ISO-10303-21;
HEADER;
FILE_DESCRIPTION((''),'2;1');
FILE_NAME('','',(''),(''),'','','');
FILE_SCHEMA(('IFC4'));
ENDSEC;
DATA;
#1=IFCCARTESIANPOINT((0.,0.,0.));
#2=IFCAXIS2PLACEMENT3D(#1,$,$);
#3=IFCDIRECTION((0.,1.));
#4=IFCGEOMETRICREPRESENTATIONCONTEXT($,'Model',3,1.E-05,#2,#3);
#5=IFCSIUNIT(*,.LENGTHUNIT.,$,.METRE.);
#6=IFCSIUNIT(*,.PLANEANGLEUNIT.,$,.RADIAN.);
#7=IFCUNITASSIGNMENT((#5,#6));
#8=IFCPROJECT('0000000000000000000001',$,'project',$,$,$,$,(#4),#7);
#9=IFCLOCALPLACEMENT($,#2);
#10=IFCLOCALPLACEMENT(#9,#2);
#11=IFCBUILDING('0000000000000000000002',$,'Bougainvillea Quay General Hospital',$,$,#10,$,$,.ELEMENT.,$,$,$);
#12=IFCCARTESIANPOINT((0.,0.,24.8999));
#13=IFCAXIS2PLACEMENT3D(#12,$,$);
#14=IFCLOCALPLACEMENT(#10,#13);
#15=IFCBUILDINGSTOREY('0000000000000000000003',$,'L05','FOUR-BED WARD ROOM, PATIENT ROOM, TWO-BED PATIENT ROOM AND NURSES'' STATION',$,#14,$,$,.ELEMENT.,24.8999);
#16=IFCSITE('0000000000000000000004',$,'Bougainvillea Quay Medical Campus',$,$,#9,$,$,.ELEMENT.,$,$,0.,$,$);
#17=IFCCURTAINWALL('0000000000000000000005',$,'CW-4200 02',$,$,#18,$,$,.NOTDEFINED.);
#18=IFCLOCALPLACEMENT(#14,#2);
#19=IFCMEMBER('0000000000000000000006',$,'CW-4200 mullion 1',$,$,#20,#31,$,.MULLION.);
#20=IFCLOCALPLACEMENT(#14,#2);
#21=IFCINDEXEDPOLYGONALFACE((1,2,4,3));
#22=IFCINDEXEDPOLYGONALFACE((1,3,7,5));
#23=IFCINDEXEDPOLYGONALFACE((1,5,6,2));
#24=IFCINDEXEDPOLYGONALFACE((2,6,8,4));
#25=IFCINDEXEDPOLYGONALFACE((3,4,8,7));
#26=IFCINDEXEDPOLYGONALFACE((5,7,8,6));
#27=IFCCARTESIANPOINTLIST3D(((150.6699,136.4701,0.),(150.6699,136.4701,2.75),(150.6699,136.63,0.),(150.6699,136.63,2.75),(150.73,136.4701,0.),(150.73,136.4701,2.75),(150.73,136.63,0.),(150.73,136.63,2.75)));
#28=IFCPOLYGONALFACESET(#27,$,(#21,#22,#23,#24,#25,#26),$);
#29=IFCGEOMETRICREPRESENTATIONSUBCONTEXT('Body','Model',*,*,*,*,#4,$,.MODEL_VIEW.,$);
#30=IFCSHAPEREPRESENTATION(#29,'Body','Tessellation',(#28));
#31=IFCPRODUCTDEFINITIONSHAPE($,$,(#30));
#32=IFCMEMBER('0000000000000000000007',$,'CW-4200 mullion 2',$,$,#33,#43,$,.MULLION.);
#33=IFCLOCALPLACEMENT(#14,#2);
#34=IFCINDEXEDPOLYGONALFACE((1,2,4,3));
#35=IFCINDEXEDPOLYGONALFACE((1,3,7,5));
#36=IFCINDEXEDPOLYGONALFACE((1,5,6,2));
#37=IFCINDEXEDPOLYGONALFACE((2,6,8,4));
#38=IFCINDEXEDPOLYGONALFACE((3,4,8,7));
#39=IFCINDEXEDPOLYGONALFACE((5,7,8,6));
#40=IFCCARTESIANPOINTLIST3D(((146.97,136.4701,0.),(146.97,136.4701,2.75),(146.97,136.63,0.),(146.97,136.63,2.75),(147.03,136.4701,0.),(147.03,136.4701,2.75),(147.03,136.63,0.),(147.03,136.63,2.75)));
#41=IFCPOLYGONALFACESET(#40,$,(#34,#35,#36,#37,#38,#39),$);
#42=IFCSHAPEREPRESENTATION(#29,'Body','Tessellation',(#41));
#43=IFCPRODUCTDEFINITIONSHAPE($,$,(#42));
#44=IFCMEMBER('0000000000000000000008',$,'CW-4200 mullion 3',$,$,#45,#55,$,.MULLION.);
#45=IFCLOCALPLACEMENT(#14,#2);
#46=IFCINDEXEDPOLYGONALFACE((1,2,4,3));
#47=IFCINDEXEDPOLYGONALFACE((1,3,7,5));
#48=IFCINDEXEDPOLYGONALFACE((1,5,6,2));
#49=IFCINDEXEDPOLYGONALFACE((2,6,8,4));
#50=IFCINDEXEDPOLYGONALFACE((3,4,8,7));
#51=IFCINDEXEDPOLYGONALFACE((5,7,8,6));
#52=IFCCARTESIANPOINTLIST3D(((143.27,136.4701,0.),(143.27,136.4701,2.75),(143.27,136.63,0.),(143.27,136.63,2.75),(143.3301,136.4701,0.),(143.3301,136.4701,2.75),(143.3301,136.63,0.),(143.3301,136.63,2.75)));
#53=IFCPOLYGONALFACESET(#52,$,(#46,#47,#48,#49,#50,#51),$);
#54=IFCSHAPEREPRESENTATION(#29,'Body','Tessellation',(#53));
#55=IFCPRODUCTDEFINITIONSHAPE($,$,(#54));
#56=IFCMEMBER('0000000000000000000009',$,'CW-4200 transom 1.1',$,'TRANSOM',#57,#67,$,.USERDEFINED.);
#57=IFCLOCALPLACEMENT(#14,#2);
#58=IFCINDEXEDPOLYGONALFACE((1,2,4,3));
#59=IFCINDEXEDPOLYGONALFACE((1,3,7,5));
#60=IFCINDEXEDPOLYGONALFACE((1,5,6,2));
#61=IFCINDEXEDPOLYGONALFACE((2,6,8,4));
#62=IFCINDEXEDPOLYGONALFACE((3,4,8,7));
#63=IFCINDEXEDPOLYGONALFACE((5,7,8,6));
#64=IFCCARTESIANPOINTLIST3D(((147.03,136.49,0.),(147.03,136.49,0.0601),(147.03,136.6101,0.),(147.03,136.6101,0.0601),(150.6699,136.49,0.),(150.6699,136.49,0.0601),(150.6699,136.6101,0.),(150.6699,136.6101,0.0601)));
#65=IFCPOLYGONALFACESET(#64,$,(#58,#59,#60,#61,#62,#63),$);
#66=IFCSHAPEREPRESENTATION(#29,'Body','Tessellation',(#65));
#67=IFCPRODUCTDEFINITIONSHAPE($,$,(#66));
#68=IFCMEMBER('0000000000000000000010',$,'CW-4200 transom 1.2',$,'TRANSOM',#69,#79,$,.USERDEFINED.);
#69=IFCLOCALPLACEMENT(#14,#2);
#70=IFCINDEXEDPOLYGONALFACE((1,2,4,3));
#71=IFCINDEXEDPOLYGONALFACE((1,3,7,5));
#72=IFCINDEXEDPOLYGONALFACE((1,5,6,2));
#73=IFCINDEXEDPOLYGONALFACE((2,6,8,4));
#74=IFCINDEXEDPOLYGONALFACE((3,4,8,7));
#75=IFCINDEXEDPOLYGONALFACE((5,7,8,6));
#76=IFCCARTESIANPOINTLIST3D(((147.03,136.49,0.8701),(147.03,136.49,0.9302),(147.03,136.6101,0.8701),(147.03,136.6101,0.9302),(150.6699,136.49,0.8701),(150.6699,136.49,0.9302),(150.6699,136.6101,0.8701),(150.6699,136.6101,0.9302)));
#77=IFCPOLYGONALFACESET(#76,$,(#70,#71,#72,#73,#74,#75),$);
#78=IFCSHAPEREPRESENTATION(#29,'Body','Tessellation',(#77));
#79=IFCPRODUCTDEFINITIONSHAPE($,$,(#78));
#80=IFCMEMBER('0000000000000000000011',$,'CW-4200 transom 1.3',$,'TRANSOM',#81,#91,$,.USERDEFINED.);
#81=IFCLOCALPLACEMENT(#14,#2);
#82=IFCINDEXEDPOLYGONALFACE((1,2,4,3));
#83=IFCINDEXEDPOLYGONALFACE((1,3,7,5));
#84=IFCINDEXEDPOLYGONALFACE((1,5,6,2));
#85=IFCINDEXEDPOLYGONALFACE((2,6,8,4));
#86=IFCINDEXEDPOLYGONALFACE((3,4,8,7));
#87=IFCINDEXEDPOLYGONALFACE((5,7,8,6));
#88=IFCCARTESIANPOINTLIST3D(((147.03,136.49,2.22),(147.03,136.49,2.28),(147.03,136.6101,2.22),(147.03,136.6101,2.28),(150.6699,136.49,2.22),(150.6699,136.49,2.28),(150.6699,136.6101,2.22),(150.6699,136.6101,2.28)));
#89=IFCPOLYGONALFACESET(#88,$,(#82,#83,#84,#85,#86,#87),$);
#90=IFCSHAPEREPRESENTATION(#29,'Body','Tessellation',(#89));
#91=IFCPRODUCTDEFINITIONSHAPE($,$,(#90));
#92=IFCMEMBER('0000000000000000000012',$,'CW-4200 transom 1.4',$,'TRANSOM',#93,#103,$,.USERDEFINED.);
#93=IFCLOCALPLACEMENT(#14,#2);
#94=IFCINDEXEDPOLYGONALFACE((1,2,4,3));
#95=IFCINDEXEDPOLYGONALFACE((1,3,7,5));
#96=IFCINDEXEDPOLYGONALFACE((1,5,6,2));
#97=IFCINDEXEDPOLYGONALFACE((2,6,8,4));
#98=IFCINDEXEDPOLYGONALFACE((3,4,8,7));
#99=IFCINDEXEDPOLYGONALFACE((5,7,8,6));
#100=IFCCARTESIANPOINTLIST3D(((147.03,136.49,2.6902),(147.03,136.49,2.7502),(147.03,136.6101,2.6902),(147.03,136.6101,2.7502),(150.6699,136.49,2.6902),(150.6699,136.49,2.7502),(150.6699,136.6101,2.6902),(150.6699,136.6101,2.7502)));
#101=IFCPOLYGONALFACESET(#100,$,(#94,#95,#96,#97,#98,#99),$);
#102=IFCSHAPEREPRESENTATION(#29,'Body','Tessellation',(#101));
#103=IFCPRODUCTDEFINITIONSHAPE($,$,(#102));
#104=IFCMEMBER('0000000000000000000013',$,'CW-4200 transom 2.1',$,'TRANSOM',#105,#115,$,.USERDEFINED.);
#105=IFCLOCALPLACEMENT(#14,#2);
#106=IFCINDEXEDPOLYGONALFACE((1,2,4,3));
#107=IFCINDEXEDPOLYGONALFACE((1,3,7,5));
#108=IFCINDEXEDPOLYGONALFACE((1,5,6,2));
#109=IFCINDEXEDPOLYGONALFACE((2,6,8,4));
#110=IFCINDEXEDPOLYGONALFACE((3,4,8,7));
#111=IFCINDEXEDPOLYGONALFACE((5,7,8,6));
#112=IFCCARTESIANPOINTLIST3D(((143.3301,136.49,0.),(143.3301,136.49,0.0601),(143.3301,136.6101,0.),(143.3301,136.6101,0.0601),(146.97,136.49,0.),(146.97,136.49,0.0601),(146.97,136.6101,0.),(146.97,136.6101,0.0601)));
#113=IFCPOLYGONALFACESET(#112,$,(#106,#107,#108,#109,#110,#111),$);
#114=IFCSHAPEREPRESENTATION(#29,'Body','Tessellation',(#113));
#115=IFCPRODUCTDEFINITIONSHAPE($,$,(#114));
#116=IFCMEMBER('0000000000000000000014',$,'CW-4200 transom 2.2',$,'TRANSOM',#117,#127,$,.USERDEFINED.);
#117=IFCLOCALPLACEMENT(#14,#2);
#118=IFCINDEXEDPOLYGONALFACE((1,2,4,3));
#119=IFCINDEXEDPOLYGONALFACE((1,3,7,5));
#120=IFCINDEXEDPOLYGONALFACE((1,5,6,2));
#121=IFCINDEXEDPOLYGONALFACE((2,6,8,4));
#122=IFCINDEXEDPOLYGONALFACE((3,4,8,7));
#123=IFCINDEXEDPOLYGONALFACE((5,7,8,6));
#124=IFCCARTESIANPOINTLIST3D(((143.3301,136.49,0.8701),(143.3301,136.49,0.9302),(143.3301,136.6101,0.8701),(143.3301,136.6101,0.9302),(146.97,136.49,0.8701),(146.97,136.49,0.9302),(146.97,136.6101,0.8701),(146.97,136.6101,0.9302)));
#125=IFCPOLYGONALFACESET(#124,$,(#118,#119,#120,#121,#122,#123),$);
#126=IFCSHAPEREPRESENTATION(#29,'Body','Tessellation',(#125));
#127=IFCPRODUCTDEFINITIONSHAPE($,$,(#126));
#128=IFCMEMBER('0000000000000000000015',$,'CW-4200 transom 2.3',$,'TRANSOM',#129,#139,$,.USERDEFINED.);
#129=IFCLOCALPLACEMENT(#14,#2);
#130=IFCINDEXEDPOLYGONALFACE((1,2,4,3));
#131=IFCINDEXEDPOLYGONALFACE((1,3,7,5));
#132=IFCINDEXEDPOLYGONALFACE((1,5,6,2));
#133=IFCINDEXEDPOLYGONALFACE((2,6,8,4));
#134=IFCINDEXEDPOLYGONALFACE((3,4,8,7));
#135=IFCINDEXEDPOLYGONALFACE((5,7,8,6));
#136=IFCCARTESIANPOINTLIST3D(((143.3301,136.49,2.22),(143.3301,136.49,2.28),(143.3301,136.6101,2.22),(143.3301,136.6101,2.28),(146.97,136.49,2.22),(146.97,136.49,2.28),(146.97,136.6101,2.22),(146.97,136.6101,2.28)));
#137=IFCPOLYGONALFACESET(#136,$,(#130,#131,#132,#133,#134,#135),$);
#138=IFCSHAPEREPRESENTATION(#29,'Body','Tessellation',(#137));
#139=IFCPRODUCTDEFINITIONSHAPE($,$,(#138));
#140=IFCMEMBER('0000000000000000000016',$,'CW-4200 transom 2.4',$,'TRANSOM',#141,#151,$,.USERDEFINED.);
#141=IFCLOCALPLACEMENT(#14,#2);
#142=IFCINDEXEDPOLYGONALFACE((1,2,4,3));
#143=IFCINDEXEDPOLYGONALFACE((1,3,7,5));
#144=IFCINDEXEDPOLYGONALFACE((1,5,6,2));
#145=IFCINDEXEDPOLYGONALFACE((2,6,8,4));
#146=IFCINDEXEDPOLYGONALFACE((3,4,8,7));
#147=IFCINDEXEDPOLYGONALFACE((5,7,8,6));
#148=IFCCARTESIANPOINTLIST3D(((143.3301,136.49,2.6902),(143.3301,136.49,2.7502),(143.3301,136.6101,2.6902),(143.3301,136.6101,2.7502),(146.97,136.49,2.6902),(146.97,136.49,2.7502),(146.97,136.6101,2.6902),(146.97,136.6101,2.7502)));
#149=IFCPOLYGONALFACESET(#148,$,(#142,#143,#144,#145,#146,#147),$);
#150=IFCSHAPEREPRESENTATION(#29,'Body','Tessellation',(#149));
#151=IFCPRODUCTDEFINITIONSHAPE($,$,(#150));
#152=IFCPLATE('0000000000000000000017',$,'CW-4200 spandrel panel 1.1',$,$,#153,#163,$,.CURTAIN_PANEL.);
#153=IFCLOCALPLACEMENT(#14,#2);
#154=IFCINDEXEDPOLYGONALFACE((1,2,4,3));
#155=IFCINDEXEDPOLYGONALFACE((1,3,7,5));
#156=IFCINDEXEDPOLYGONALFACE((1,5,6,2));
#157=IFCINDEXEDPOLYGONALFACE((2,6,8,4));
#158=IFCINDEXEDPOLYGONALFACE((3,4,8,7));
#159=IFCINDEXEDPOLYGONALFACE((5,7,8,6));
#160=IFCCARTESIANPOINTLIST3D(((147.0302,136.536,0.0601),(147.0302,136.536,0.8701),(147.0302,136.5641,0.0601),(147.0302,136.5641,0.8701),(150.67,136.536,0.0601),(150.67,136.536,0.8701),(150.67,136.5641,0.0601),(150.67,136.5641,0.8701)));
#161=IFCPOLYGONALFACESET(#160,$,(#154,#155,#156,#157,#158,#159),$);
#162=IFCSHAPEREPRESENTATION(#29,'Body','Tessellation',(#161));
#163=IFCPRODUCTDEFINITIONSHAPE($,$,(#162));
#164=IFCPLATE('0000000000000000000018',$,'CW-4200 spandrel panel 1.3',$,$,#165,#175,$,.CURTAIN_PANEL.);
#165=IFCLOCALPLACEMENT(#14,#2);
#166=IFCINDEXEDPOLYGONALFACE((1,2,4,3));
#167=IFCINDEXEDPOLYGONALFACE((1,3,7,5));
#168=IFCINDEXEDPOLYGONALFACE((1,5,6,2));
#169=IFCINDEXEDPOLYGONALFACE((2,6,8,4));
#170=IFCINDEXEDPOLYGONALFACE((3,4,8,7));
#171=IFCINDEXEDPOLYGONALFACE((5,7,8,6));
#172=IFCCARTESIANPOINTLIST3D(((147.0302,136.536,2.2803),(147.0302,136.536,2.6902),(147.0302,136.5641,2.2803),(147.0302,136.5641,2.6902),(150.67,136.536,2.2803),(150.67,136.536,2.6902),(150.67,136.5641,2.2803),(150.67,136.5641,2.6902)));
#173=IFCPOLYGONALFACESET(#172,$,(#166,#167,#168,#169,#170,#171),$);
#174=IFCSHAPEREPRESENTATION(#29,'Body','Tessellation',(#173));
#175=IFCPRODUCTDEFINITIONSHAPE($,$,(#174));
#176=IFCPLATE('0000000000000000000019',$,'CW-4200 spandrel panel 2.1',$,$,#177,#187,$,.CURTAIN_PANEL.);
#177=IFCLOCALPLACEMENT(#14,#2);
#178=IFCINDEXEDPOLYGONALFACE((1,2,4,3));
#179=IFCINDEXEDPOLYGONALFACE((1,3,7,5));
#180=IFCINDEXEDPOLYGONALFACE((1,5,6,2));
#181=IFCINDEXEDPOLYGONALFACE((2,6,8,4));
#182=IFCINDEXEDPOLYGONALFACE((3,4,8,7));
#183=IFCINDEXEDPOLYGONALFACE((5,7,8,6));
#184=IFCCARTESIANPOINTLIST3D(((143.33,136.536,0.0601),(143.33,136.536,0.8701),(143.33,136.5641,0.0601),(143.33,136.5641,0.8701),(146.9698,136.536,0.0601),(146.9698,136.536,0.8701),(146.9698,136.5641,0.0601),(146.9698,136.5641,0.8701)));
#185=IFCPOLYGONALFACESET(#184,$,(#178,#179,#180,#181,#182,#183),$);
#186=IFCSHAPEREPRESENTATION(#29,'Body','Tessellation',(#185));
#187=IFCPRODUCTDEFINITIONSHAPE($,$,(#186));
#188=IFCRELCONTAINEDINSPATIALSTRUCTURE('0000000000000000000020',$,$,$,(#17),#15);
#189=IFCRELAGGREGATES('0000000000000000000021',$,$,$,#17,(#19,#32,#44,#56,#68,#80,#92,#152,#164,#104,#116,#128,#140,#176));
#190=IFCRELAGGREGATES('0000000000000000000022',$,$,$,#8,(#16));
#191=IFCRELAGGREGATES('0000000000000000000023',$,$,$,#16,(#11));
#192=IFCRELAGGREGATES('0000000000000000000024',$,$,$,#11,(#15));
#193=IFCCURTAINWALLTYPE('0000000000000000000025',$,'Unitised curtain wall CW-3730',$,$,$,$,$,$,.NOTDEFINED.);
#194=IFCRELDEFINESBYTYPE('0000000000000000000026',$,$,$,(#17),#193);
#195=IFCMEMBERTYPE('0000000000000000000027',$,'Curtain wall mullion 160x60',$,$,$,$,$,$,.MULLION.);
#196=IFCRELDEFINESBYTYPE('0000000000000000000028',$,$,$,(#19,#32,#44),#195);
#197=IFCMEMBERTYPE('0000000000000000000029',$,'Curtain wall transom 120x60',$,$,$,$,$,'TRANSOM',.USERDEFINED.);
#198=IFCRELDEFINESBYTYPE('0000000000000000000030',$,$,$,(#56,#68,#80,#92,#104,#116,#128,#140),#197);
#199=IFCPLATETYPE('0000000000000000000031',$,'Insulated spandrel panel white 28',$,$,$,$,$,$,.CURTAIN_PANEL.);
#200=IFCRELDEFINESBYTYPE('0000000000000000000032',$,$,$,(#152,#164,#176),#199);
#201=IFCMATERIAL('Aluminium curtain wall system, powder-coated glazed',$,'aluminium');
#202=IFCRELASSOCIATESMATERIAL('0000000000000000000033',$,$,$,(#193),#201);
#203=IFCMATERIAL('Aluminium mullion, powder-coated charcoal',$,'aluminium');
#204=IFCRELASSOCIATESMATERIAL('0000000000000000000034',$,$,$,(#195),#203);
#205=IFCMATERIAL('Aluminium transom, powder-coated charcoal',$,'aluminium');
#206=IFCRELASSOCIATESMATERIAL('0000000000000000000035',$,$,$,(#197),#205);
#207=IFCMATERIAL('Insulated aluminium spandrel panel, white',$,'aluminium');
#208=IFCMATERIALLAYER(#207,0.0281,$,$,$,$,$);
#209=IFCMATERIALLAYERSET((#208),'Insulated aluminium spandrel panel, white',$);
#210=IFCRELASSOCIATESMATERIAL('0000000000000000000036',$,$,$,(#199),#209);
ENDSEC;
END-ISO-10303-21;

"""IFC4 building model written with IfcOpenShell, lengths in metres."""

from ifc_helpers import new_model, si_unit, direction, frame, origin, origin_2d, place, context, subcontext, project, spatial, rectangle, extrude, material, layer, layer_set, material_profile, profile_set, type_object, element, aggregate, save


model = new_model("IFC4")

# Units and contexts
model_context = context("Model", 3, precision=1e-05, world=origin(), true_north=direction((0.0, 1.0)))
body_context = subcontext(model_context, "Body", "Model", "MODEL_VIEW")
ifc_project = project(units=[si_unit("LENGTHUNIT", "METRE"), si_unit("PLANEANGLEUNIT", "RADIAN")], contexts=[model_context])

# Site, building, storey
site_placement = place(None, origin())
site = spatial("IfcSite", under=ifc_project, at=site_placement, Name="Bougainvillea Quay Medical Campus", CompositionType="ELEMENT", RefElevation=0.0)
building_placement = place(site_placement, origin())
building = spatial("IfcBuilding", under=site, at=building_placement, Name="Bougainvillea Quay General Hospital", CompositionType="ELEMENT")
storey_placement = place(building_placement, frame((0.0, 0.0, 24.8999)))
storey = spatial("IfcBuildingStorey", under=building, at=storey_placement, Name="L05", Description="FOUR-BED WARD ROOM, PATIENT ROOM, TWO-BED PATIENT ROOM AND NURSES' STATION", CompositionType="ELEMENT", Elevation=24.8999)

# Curtain wall, members, plates
ifc_material_1 = material(Name="Aluminium curtain wall system, powder-coated glazed", Category="aluminium")
curtain_wall_type = type_object("IfcCurtainWallType", Name="Unitised curtain wall CW-3730", PredefinedType="NOTDEFINED", material=ifc_material_1)
curtain_wall_placement = place(storey_placement, origin())
curtain_wall = element("IfcCurtainWall", 1, at=curtain_wall_placement, inside=storey, type_object=curtain_wall_type, Name="CW-4200 02", PredefinedType="NOTDEFINED")
ifc_material_2 = material(Name="Aluminium mullion, powder-coated charcoal", Category="aluminium")
ifc_material_profile_1 = material_profile(ifc_material_2, rectangle(XDim=0.1599, YDim=0.0601, at=origin_2d()))
ifc_profile_set_1 = profile_set([ifc_material_profile_1], Name="Aluminium mullion, powder-coated charcoal")
member_type_1 = type_object("IfcMemberType", Name="Curtain wall mullion 160x60", PredefinedType="MULLION", material=ifc_profile_set_1)
member_1_placement = place(storey_placement, frame((150.7, 136.55, 0.0), z_axis=(0.0, 0.0, 1.0), x_axis=(0.0, -1.0, 0.0)))
member_1 = element("IfcMember", 2, at=member_1_placement, type_object=member_type_1, Name="CW-4200 mullion 1", PredefinedType="MULLION", context=body_context, shape_type="SweptSolid", body=[
    extrude(rectangle(XDim=0.1599, YDim=0.0601, at=origin_2d()), origin(), (0.0, 0.0, 1.0), 2.75),
])
member_2_placement = place(storey_placement, frame((147.0, 136.55, 0.0), z_axis=(0.0, 0.0, 1.0), x_axis=(0.0, -1.0, 0.0)))
member_2 = element("IfcMember", 3, at=member_2_placement, type_object=member_type_1, Name="CW-4200 mullion 2", PredefinedType="MULLION", context=body_context, shape_type="SweptSolid", body=[
    extrude(rectangle(XDim=0.1599, YDim=0.0601, at=origin_2d()), origin(), (0.0, 0.0, 1.0), 2.75),
])
member_3_placement = place(storey_placement, frame((143.3, 136.55, 0.0), z_axis=(0.0, 0.0, 1.0), x_axis=(0.0, -1.0, 0.0)))
member_3 = element("IfcMember", 4, at=member_3_placement, type_object=member_type_1, Name="CW-4200 mullion 3", PredefinedType="MULLION", context=body_context, shape_type="SweptSolid", body=[
    extrude(rectangle(XDim=0.1599, YDim=0.0601, at=origin_2d()), origin(), (0.0, 0.0, 1.0), 2.75),
])
ifc_material_3 = material(Name="Aluminium transom, powder-coated charcoal", Category="aluminium")
ifc_material_profile_2 = material_profile(ifc_material_3, rectangle(XDim=0.1201, YDim=0.0601, at=origin_2d()))
ifc_profile_set_2 = profile_set([ifc_material_profile_2], Name="Aluminium transom, powder-coated charcoal")
member_type_2 = type_object("IfcMemberType", Name="Curtain wall transom 120x60", ElementType="TRANSOM", PredefinedType="USERDEFINED", material=ifc_profile_set_2)
member_4_placement = place(storey_placement, frame((150.6699, 136.55, 0.03), z_axis=(-1.0, 0.0, 0.0), x_axis=(0.0, -1.0, 0.0)))
member_4 = element("IfcMember", 5, at=member_4_placement, type_object=member_type_2, Name="CW-4200 transom 1.1", ObjectType="TRANSOM", PredefinedType="USERDEFINED", context=body_context, shape_type="SweptSolid", body=[
    extrude(rectangle(XDim=0.1201, YDim=0.0601, at=origin_2d()), origin(), (0.0, 0.0, 1.0), 3.6399),
])
member_5_placement = place(storey_placement, frame((150.6699, 136.55, 0.9001), z_axis=(-1.0, 0.0, 0.0), x_axis=(0.0, -1.0, 0.0)))
member_5 = element("IfcMember", 6, at=member_5_placement, type_object=member_type_2, Name="CW-4200 transom 1.2", ObjectType="TRANSOM", PredefinedType="USERDEFINED", context=body_context, shape_type="SweptSolid", body=[
    extrude(rectangle(XDim=0.1201, YDim=0.0601, at=origin_2d()), origin(), (0.0, 0.0, 1.0), 3.6399),
])
member_6_placement = place(storey_placement, frame((150.6699, 136.55, 2.25), z_axis=(-1.0, 0.0, 0.0), x_axis=(0.0, -1.0, 0.0)))
member_6 = element("IfcMember", 7, at=member_6_placement, type_object=member_type_2, Name="CW-4200 transom 1.3", ObjectType="TRANSOM", PredefinedType="USERDEFINED", context=body_context, shape_type="SweptSolid", body=[
    extrude(rectangle(XDim=0.1201, YDim=0.0601, at=origin_2d()), origin(), (0.0, 0.0, 1.0), 3.6399),
])
member_7_placement = place(storey_placement, frame((150.6699, 136.55, 2.7202), z_axis=(-1.0, 0.0, 0.0), x_axis=(0.0, -1.0, 0.0)))
member_7 = element("IfcMember", 8, at=member_7_placement, type_object=member_type_2, Name="CW-4200 transom 1.4", ObjectType="TRANSOM", PredefinedType="USERDEFINED", context=body_context, shape_type="SweptSolid", body=[
    extrude(rectangle(XDim=0.1201, YDim=0.0601, at=origin_2d()), origin(), (0.0, 0.0, 1.0), 3.6399),
])
member_8_placement = place(storey_placement, frame((146.97, 136.55, 0.03), z_axis=(-1.0, 0.0, 0.0), x_axis=(0.0, -1.0, 0.0)))
member_8 = element("IfcMember", 9, at=member_8_placement, type_object=member_type_2, Name="CW-4200 transom 2.1", ObjectType="TRANSOM", PredefinedType="USERDEFINED", context=body_context, shape_type="SweptSolid", body=[
    extrude(rectangle(XDim=0.1201, YDim=0.0601, at=origin_2d()), origin(), (0.0, 0.0, 1.0), 3.6399),
])
member_9_placement = place(storey_placement, frame((146.97, 136.55, 0.9001), z_axis=(-1.0, 0.0, 0.0), x_axis=(0.0, -1.0, 0.0)))
member_9 = element("IfcMember", 10, at=member_9_placement, type_object=member_type_2, Name="CW-4200 transom 2.2", ObjectType="TRANSOM", PredefinedType="USERDEFINED", context=body_context, shape_type="SweptSolid", body=[
    extrude(rectangle(XDim=0.1201, YDim=0.0601, at=origin_2d()), origin(), (0.0, 0.0, 1.0), 3.6399),
])
member_10_placement = place(storey_placement, frame((146.97, 136.55, 2.25), z_axis=(-1.0, 0.0, 0.0), x_axis=(0.0, -1.0, 0.0)))
member_10 = element("IfcMember", 11, at=member_10_placement, type_object=member_type_2, Name="CW-4200 transom 2.3", ObjectType="TRANSOM", PredefinedType="USERDEFINED", context=body_context, shape_type="SweptSolid", body=[
    extrude(rectangle(XDim=0.1201, YDim=0.0601, at=origin_2d()), origin(), (0.0, 0.0, 1.0), 3.6399),
])
member_11_placement = place(storey_placement, frame((146.97, 136.55, 2.7202), z_axis=(-1.0, 0.0, 0.0), x_axis=(0.0, -1.0, 0.0)))
member_11 = element("IfcMember", 12, at=member_11_placement, type_object=member_type_2, Name="CW-4200 transom 2.4", ObjectType="TRANSOM", PredefinedType="USERDEFINED", context=body_context, shape_type="SweptSolid", body=[
    extrude(rectangle(XDim=0.1201, YDim=0.0601, at=origin_2d()), origin(), (0.0, 0.0, 1.0), 3.6399),
])
ifc_material_4 = material(Name="Insulated aluminium spandrel panel, white", Category="aluminium")
ifc_layer_1 = layer(ifc_material_4, 0.0281)
ifc_layer_set_1 = layer_set([ifc_layer_1], Name="Insulated aluminium spandrel panel, white")
plate_type_1 = type_object("IfcPlateType", Name="Insulated spandrel panel white 28", PredefinedType="CURTAIN_PANEL", material=ifc_layer_set_1)
plate_1_placement = place(storey_placement, frame((148.8501, 136.55, 0.0601), z_axis=(0.0, 0.0, 1.0), x_axis=(-1.0, 0.0, 0.0)))
plate_1 = element("IfcPlate", 13, at=plate_1_placement, type_object=plate_type_1, Name="CW-4200 spandrel panel 1.1", PredefinedType="CURTAIN_PANEL", context=body_context, shape_type="SweptSolid", body=[
    extrude(rectangle(XDim=3.6399, YDim=0.0281, at=origin_2d()), origin(), (0.0, 0.0, 1.0), 0.8101),
])
plate_2_placement = place(storey_placement, frame((148.8501, 136.55, 2.2803), z_axis=(0.0, 0.0, 1.0), x_axis=(-1.0, 0.0, 0.0)))
plate_2 = element("IfcPlate", 14, at=plate_2_placement, type_object=plate_type_1, Name="CW-4200 spandrel panel 1.3", PredefinedType="CURTAIN_PANEL", context=body_context, shape_type="SweptSolid", body=[
    extrude(rectangle(XDim=3.6399, YDim=0.0281, at=origin_2d()), origin(), (0.0, 0.0, 1.0), 0.4099),
])
plate_3_placement = place(storey_placement, frame((145.1499, 136.55, 0.0601), z_axis=(0.0, 0.0, 1.0), x_axis=(-1.0, 0.0, 0.0)))
plate_3 = element("IfcPlate", 15, at=plate_3_placement, type_object=plate_type_1, Name="CW-4200 spandrel panel 2.1", PredefinedType="CURTAIN_PANEL", context=body_context, shape_type="SweptSolid", body=[
    extrude(rectangle(XDim=3.6399, YDim=0.0281, at=origin_2d()), origin(), (0.0, 0.0, 1.0), 0.8101),
])
aggregate(curtain_wall, [member_1, member_2, member_3, member_4, member_5, member_6, member_7, plate_1, plate_2, member_8, member_9, member_10, member_11, plate_3])

save(model, "model.ifc")
